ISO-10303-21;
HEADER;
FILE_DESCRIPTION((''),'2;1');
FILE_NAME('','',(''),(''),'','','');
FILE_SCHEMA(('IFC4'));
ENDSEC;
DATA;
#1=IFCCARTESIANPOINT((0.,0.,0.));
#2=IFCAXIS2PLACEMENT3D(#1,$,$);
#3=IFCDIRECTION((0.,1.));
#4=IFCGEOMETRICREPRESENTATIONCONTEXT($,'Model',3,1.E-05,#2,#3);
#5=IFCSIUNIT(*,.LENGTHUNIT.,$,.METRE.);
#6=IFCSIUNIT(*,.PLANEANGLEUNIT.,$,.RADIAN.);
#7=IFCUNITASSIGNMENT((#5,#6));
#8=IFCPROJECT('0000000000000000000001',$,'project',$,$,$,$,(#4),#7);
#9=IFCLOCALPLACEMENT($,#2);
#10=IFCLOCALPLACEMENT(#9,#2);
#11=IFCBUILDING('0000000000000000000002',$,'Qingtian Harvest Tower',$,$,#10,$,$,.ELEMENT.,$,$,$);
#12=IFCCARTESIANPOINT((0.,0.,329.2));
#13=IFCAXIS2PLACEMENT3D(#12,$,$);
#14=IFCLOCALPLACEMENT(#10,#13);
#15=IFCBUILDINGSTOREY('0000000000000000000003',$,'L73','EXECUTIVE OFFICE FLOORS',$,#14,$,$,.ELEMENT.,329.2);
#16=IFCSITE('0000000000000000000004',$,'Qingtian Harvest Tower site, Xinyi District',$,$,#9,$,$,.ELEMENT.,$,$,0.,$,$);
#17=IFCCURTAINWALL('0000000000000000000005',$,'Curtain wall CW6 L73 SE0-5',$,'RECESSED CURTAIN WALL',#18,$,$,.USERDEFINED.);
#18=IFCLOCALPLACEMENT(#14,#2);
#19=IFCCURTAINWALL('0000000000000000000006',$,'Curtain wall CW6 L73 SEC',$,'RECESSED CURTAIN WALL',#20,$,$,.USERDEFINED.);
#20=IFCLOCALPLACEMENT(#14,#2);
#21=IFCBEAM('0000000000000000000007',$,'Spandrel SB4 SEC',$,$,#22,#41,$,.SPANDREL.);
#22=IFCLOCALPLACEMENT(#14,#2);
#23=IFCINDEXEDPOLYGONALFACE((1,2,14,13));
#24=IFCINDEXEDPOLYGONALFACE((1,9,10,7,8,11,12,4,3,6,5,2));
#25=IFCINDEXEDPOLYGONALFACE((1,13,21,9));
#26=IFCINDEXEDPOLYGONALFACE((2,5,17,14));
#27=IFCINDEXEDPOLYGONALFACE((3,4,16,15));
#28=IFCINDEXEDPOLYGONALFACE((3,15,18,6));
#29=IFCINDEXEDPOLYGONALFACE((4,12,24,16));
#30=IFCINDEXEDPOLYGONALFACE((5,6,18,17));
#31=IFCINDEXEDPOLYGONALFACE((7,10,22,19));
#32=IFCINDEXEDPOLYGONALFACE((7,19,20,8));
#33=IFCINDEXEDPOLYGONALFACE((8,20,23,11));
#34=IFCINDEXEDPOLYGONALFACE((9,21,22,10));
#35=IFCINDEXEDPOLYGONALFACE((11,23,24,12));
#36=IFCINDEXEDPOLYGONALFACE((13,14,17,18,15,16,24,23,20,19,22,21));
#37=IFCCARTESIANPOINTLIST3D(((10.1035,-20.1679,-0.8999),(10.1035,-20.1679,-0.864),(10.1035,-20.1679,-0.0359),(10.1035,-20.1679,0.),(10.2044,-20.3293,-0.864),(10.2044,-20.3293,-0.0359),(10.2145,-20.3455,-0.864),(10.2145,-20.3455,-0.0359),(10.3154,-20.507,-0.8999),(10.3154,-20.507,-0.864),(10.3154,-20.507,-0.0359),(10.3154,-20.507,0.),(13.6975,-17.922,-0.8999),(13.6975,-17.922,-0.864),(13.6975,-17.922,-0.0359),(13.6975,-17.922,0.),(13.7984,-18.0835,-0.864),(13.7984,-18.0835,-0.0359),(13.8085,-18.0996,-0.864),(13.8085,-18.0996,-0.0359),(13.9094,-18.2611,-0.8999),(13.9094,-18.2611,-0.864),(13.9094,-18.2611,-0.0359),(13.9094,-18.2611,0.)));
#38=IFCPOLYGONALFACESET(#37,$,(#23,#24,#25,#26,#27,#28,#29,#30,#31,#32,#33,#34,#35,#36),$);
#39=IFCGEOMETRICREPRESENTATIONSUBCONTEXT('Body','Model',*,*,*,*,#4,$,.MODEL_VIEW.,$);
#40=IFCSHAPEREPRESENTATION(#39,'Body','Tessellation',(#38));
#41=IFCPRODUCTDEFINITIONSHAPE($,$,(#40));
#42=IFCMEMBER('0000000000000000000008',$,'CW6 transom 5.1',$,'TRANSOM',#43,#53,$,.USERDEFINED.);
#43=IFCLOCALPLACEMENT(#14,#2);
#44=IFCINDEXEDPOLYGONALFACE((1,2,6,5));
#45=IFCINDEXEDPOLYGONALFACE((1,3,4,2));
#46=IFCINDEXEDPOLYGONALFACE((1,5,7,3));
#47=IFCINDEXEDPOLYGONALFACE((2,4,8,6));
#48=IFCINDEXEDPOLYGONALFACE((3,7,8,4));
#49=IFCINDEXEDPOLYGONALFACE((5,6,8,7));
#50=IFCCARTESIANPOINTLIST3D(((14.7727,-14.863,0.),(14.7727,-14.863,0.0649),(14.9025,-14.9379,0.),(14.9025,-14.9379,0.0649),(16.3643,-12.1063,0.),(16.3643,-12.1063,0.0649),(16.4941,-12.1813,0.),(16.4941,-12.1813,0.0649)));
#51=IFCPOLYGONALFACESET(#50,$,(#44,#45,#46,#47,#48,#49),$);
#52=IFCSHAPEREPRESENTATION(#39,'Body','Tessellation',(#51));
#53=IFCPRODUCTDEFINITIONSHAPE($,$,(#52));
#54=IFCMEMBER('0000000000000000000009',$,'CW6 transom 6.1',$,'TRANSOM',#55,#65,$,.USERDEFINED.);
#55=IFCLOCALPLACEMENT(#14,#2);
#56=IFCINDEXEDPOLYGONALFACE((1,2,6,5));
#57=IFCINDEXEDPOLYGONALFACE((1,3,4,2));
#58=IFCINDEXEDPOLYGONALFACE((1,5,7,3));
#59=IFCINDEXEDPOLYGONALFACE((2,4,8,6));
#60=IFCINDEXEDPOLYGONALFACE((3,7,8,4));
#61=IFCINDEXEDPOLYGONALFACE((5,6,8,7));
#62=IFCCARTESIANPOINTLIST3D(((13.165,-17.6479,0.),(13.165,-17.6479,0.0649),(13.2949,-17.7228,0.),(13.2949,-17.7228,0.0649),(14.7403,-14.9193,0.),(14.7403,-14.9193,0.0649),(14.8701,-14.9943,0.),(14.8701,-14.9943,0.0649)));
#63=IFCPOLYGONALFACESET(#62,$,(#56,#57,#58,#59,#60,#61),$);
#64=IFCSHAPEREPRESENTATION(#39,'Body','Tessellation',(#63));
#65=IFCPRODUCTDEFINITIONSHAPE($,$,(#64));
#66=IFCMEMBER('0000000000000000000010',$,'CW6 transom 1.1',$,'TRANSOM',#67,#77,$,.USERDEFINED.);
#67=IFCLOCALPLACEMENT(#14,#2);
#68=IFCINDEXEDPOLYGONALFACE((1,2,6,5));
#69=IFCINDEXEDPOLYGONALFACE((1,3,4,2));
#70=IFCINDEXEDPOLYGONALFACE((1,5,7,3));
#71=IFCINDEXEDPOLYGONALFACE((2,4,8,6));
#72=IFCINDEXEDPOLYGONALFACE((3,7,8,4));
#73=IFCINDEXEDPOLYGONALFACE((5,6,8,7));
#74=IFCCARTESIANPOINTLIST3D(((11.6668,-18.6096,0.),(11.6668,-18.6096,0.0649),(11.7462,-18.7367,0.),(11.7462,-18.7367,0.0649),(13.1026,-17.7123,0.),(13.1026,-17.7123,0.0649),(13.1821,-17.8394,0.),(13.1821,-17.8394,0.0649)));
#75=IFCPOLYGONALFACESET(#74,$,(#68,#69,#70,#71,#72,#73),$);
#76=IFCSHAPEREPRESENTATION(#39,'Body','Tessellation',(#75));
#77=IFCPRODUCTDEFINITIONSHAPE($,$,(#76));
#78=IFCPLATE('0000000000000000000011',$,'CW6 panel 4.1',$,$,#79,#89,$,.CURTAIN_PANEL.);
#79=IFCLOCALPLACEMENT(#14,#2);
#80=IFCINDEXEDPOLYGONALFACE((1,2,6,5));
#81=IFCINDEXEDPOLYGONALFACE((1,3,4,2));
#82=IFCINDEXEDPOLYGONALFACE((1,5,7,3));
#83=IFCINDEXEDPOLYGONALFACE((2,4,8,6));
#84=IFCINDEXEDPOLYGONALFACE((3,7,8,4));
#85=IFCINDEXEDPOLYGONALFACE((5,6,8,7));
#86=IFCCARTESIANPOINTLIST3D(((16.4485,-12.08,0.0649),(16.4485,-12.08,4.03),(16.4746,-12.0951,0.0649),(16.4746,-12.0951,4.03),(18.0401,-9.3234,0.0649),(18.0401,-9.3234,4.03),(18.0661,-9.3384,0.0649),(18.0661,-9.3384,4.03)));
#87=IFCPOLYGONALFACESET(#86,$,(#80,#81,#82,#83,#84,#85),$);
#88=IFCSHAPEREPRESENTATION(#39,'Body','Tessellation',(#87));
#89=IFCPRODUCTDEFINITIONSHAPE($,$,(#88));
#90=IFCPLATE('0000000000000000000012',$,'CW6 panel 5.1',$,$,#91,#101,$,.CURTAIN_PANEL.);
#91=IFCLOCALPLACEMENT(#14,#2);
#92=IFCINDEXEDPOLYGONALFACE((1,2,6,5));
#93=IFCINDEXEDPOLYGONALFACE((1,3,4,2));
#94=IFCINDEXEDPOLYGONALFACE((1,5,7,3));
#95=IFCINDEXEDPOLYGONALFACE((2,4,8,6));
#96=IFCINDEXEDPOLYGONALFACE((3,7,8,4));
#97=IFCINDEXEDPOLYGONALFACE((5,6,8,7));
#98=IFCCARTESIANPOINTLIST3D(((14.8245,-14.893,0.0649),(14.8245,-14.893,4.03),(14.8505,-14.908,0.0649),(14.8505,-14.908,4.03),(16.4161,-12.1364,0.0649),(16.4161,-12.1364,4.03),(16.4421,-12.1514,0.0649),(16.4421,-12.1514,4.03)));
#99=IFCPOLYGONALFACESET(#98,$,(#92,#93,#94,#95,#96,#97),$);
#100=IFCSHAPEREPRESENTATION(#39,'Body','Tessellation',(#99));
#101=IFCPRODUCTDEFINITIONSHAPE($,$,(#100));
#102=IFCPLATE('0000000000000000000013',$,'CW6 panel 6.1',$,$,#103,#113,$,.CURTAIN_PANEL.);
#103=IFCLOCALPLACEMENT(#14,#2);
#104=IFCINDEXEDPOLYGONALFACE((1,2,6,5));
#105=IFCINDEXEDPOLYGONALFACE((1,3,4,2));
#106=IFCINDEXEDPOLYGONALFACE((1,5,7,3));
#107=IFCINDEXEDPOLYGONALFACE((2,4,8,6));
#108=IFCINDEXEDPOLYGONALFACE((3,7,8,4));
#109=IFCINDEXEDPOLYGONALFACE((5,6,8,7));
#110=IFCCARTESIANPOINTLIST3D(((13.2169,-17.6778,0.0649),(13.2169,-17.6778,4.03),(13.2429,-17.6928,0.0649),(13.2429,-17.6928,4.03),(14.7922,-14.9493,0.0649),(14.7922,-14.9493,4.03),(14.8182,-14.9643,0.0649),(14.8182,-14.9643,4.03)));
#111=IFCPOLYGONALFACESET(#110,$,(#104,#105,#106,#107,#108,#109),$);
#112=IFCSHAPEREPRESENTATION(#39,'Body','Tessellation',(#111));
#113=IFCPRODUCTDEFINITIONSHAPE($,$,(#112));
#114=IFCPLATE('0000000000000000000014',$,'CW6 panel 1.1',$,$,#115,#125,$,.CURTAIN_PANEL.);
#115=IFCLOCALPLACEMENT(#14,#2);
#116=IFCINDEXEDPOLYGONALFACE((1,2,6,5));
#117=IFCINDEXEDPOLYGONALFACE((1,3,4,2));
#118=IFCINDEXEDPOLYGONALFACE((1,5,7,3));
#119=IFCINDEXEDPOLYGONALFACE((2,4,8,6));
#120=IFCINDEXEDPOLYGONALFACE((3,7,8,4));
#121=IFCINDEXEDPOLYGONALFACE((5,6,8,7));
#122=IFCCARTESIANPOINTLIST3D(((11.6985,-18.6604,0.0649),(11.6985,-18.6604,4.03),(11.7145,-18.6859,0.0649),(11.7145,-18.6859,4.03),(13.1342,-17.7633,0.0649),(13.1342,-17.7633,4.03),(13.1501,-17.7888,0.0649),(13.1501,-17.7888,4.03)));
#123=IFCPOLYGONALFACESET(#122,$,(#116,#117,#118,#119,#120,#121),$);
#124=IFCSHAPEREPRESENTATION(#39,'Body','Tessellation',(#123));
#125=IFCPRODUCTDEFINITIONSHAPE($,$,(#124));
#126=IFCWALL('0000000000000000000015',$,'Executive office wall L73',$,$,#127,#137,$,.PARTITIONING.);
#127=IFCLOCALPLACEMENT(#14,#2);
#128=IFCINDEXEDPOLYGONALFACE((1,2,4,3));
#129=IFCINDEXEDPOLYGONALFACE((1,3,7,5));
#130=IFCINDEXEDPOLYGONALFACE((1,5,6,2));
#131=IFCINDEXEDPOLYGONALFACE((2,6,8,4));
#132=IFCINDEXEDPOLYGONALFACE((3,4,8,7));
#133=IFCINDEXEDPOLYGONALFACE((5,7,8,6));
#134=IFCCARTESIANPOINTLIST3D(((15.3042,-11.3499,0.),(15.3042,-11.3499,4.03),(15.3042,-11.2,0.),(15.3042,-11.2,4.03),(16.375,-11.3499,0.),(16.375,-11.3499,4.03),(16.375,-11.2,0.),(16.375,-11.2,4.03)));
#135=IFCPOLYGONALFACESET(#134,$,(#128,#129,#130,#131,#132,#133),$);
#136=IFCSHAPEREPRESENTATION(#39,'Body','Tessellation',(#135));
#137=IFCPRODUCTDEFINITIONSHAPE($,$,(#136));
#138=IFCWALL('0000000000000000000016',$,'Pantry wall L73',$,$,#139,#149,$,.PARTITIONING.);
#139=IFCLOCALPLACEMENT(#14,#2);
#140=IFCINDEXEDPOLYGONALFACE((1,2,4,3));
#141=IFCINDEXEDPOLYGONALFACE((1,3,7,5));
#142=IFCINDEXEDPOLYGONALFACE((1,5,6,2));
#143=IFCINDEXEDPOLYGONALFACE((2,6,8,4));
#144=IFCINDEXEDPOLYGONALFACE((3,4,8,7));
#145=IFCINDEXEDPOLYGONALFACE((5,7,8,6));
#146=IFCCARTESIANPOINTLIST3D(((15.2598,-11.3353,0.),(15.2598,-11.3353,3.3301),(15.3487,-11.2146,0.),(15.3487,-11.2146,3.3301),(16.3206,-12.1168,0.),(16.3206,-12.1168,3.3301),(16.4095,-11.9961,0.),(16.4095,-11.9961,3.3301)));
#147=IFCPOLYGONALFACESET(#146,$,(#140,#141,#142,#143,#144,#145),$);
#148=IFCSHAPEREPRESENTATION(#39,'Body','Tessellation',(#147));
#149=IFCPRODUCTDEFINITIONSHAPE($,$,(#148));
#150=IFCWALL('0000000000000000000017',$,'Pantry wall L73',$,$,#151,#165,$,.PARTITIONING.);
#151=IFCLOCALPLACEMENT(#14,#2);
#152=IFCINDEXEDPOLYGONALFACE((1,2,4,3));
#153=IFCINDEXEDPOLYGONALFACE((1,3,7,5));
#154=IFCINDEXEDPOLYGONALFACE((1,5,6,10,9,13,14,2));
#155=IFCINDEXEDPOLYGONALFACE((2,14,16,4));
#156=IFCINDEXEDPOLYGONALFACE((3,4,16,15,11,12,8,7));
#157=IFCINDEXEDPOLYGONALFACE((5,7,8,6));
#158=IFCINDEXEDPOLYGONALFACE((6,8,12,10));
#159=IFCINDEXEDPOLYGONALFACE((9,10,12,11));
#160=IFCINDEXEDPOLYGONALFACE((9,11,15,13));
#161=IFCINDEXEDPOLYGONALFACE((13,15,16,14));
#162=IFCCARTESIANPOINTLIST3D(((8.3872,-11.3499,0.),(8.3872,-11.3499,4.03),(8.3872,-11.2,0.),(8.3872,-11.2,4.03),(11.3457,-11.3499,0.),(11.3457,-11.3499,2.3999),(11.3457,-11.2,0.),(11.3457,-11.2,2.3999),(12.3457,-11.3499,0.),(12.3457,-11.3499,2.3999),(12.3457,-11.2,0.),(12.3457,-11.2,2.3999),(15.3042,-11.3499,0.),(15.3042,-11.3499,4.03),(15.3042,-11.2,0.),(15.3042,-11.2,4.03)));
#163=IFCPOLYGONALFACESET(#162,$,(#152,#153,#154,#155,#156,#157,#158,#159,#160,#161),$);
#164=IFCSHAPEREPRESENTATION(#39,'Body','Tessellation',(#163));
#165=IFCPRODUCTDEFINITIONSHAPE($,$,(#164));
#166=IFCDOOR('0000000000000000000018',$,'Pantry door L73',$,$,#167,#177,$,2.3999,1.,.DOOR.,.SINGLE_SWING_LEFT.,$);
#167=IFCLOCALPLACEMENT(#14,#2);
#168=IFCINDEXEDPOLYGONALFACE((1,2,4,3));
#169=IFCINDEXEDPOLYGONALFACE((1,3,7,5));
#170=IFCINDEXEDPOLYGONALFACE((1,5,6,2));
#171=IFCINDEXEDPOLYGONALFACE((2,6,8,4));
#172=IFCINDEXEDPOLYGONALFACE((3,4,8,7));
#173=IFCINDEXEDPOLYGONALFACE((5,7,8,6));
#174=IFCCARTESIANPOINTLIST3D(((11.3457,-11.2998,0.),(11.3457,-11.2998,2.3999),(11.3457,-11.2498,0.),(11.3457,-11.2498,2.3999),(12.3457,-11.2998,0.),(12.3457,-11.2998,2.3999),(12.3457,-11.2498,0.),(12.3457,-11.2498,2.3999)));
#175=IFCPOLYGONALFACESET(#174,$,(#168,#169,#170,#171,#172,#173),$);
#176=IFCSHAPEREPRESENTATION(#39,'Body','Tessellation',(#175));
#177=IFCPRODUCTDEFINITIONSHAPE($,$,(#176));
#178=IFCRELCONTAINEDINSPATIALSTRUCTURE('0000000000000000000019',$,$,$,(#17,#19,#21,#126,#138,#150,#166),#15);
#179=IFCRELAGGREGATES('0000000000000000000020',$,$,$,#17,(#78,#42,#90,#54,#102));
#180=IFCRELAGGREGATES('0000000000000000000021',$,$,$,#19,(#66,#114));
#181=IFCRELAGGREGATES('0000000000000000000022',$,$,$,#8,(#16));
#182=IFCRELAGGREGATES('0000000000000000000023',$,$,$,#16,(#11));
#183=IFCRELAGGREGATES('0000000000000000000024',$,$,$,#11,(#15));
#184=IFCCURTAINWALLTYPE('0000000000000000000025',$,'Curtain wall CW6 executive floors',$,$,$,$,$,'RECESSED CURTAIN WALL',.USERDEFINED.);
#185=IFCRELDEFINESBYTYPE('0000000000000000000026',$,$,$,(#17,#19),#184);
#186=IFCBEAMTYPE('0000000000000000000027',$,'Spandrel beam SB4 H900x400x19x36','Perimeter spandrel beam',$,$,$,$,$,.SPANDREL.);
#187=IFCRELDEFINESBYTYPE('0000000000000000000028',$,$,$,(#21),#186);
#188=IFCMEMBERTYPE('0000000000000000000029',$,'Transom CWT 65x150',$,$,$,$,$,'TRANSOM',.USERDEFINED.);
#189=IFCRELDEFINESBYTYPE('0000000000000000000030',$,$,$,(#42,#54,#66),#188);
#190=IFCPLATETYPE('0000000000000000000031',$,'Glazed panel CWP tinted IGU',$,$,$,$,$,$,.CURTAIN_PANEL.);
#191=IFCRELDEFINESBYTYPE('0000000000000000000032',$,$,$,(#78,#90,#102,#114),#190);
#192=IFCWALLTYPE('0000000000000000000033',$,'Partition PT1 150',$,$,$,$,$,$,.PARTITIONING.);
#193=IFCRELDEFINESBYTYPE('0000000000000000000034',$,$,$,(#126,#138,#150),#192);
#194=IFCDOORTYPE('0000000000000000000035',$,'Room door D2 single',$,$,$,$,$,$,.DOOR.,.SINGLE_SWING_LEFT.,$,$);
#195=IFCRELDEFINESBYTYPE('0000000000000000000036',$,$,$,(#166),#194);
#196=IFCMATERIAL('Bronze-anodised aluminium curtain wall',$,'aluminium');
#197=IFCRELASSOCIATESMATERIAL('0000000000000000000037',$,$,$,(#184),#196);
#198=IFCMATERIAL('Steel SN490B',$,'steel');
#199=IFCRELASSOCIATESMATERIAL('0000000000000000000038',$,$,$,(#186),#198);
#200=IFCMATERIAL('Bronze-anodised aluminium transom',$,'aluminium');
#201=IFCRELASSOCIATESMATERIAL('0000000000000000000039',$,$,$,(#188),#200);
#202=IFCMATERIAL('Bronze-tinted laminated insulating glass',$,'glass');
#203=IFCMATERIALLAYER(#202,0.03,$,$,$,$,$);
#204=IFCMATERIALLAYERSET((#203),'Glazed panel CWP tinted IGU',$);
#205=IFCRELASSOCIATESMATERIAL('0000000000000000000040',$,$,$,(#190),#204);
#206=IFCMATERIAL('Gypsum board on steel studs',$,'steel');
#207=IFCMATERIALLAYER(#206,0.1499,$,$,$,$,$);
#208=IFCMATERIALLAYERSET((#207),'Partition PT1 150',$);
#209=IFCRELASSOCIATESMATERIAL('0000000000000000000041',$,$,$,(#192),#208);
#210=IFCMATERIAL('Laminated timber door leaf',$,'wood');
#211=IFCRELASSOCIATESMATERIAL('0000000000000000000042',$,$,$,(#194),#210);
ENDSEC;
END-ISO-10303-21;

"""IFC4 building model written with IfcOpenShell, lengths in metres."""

from ifc_helpers import new_model, si_unit, direction, frame, frame_2d, origin, origin_2d, place, context, subcontext, project, spatial, rectangle, i_section, extrude, material, layer, layer_set, material_profile, profile_set, type_object, element, fill, aggregate, save


model = new_model("IFC4")

# Units and contexts
model_context = context("Model", 3, precision=1e-05, world=origin(), true_north=direction((0.0, 1.0)))
body_context = subcontext(model_context, "Body", "Model", "MODEL_VIEW")
ifc_project = project(units=[si_unit("LENGTHUNIT", "METRE"), si_unit("PLANEANGLEUNIT", "RADIAN")], contexts=[model_context])

# Site, building, storey
site_placement = place(None, origin())
site = spatial("IfcSite", under=ifc_project, at=site_placement, Name="Qingtian Harvest Tower site, Xinyi District", CompositionType="ELEMENT", RefElevation=0.0)
building_placement = place(site_placement, origin())
building = spatial("IfcBuilding", under=site, at=building_placement, Name="Qingtian Harvest Tower", CompositionType="ELEMENT")
storey_placement = place(building_placement, frame((0.0, 0.0, 329.2)))
storey = spatial("IfcBuildingStorey", under=building, at=storey_placement, Name="L73", Description="EXECUTIVE OFFICE FLOORS", CompositionType="ELEMENT", Elevation=329.2)

# Curtain walls
ifc_material_1 = material(Name="Bronze-anodised aluminium curtain wall", Category="aluminium")
curtain_wall_type = type_object("IfcCurtainWallType", Name="Curtain wall CW6 executive floors", ElementType="RECESSED CURTAIN WALL", PredefinedType="USERDEFINED", material=ifc_material_1)
curtain_wall_1_placement = place(storey_placement, origin())
curtain_wall_1 = element("IfcCurtainWall", 1, at=curtain_wall_1_placement, inside=storey, type_object=curtain_wall_type, Name="Curtain wall CW6 L73 SE0-5", ObjectType="RECESSED CURTAIN WALL", PredefinedType="USERDEFINED")
curtain_wall_2_placement = place(storey_placement, origin())
curtain_wall_2 = element("IfcCurtainWall", 2, at=curtain_wall_2_placement, inside=storey, type_object=curtain_wall_type, Name="Curtain wall CW6 L73 SEC", ObjectType="RECESSED CURTAIN WALL", PredefinedType="USERDEFINED")

# Beam
ifc_material_2 = material(Name="Steel SN490B", Category="steel")
ifc_material_profile_1 = material_profile(ifc_material_2, i_section(OverallWidth=0.3999, OverallDepth=0.8999, WebThickness=0.019, FlangeThickness=0.0359, at=origin_2d()), Name="H900x400x19x36")
ifc_profile_set_1 = profile_set([ifc_material_profile_1], Name="Steel SN490B")
beam_type_1 = type_object("IfcBeamType", Name="Spandrel beam SB4 H900x400x19x36", Description="Perimeter spandrel beam", PredefinedType="SPANDREL", material=ifc_profile_set_1)
beam_1_placement = place(storey_placement, frame((13.8035, -18.0916, -0.45), z_axis=(-0.84804, -0.529932, 0.0), x_axis=(0.529932, -0.84804, 0.0)))
element("IfcBeam", 3, at=beam_1_placement, inside=storey, type_object=beam_type_1, Name="Spandrel SB4 SEC", PredefinedType="SPANDREL", context=body_context, shape_type="SweptSolid", body=[
    extrude(i_section(OverallWidth=0.3999, OverallDepth=0.8999, WebThickness=0.019, FlangeThickness=0.0359, at=origin_2d()), origin(), (0.0, 0.0, 1.0), 4.238),
])

# Members
ifc_material_3 = material(Name="Bronze-anodised aluminium transom", Category="aluminium")
ifc_material_profile_2 = material_profile(ifc_material_3, rectangle(XDim=0.1499, YDim=0.0649, at=origin_2d()), Name="AL 65x150")
ifc_profile_set_2 = profile_set([ifc_material_profile_2], Name="Bronze-anodised aluminium transom")
member_type_1 = type_object("IfcMemberType", Name="Transom CWT 65x150", ElementType="TRANSOM", PredefinedType="USERDEFINED", material=ifc_profile_set_2)
member_1_placement = place(storey_placement, frame((16.4292, -12.1438, 0.0325), z_axis=(-0.500008, -0.866021, 0.0), x_axis=(0.866021, -0.500008, 0.0)))
member_1 = element("IfcMember", 4, at=member_1_placement, type_object=member_type_1, Name="CW6 transom 5.1", ObjectType="TRANSOM", PredefinedType="USERDEFINED", context=body_context, shape_type="SweptSolid", body=[
    extrude(rectangle(XDim=0.1499, YDim=0.0649, at=origin_2d()), origin(), (0.0, 0.0, 1.0), 3.1831),
])
member_2_placement = place(storey_placement, frame((14.8052, -14.9568, 0.0325), z_axis=(-0.499973, -0.866041, 0.0), x_axis=(0.866041, -0.499973, 0.0)))
member_2 = element("IfcMember", 5, at=member_2_placement, type_object=member_type_1, Name="CW6 transom 6.1", ObjectType="TRANSOM", PredefinedType="USERDEFINED", context=body_context, shape_type="SweptSolid", body=[
    extrude(rectangle(XDim=0.1499, YDim=0.0649, at=origin_2d()), origin(), (0.0, 0.0, 1.0), 3.1506),
])
member_3_placement = place(storey_placement, frame((13.1423, -17.7759, 0.0325), z_axis=(-0.848039, -0.529934, 0.0), x_axis=(0.529934, -0.848039, 0.0)))
member_3 = element("IfcMember", 6, at=member_3_placement, type_object=member_type_1, Name="CW6 transom 1.1", ObjectType="TRANSOM", PredefinedType="USERDEFINED", context=body_context, shape_type="SweptSolid", body=[
    extrude(rectangle(XDim=0.1499, YDim=0.0649, at=origin_2d()), origin(), (0.0, 0.0, 1.0), 1.6931),
])

# Plates
ifc_material_4 = material(Name="Bronze-tinted laminated insulating glass", Category="glass")
ifc_layer_1 = layer(ifc_material_4, 0.03)
ifc_layer_set_1 = layer_set([ifc_layer_1], Name="Glazed panel CWP tinted IGU")
plate_type = type_object("IfcPlateType", Name="Glazed panel CWP tinted IGU", PredefinedType="CURTAIN_PANEL", material=ifc_layer_set_1)
plate_1_placement = place(storey_placement, frame((17.2573, -10.7092, 0.0649), z_axis=(0.0, 0.0, 1.0), x_axis=(-0.5, -0.866025, 0.0)))
plate_1 = element("IfcPlate", 7, at=plate_1_placement, type_object=plate_type, Name="CW6 panel 4.1", PredefinedType="CURTAIN_PANEL", context=body_context, shape_type="SweptSolid", body=[
    extrude(rectangle(XDim=3.1831, YDim=0.03, at=origin_2d()), origin(), (0.0, 0.0, 1.0), 3.9651),
])
plate_2_placement = place(storey_placement, frame((15.6333, -13.5222, 0.0649), z_axis=(0.0, 0.0, 1.0), x_axis=(-0.5, -0.866025, 0.0)))
plate_2 = element("IfcPlate", 8, at=plate_2_placement, type_object=plate_type, Name="CW6 panel 5.1", PredefinedType="CURTAIN_PANEL", context=body_context, shape_type="SweptSolid", body=[
    extrude(rectangle(XDim=3.1831, YDim=0.03, at=origin_2d()), origin(), (0.0, 0.0, 1.0), 3.9651),
])
plate_3_placement = place(storey_placement, frame((14.0176, -16.321, 0.0649), z_axis=(0.0, 0.0, 1.0), x_axis=(-0.5, -0.866025, 0.0)))
plate_3 = element("IfcPlate", 9, at=plate_3_placement, type_object=plate_type, Name="CW6 panel 6.1", PredefinedType="CURTAIN_PANEL", context=body_context, shape_type="SweptSolid", body=[
    extrude(rectangle(XDim=3.1506, YDim=0.03, at=origin_2d()), origin(), (0.0, 0.0, 1.0), 3.9651),
])
aggregate(curtain_wall_1, [plate_1, member_1, plate_2, member_2, plate_3])
plate_4_placement = place(storey_placement, frame((12.4243, -18.2246, 0.0649), z_axis=(0.0, 0.0, 1.0), x_axis=(-0.848048, -0.529919, 0.0)))
plate_4 = element("IfcPlate", 10, at=plate_4_placement, type_object=plate_type, Name="CW6 panel 1.1", PredefinedType="CURTAIN_PANEL", context=body_context, shape_type="SweptSolid", body=[
    extrude(rectangle(XDim=1.6929, YDim=0.03, at=origin_2d()), origin(), (0.0, 0.0, 1.0), 3.9651),
])
aggregate(curtain_wall_2, [member_3, plate_4])

# Walls
ifc_material_5 = material(Name="Gypsum board on steel studs", Category="steel")
ifc_layer_2 = layer(ifc_material_5, 0.1499)
ifc_layer_set_2 = layer_set([ifc_layer_2], Name="Partition PT1 150")
wall_type = type_object("IfcWallType", Name="Partition PT1 150", PredefinedType="PARTITIONING", material=ifc_layer_set_2)
wall_1_placement = place(storey_placement, frame((16.375, -11.2749, 0.0), z_axis=(0.0, 0.0, 1.0), x_axis=(-1.0, 0.0, 0.0)))
element("IfcWall", 11, at=wall_1_placement, inside=storey, type_object=wall_type, Name="Executive office wall L73", PredefinedType="PARTITIONING", context=body_context, shape_type="SweptSolid", body=[
    extrude(rectangle(XDim=1.0708, YDim=0.1499, at=frame_2d((0.5354, 0.0))), origin(), (0.0, 0.0, 1.0), 4.03),
])
wall_2_placement = place(storey_placement, frame((16.365, -12.0564, 0.0), z_axis=(0.0, 0.0, 1.0), x_axis=(-0.805107, 0.59313, 0.0)))
element("IfcWall", 12, at=wall_2_placement, inside=storey, type_object=wall_type, Name="Pantry wall L73", PredefinedType="PARTITIONING", context=body_context, shape_type="SweptSolid", body=[
    extrude(rectangle(XDim=1.3176, YDim=0.1499, at=frame_2d((0.6587, 0.0))), origin(), (0.0, 0.0, 1.0), 3.3301),
])

# Wall, opening, door
wall_3_placement = place(storey_placement, frame((15.3042, -11.2749, 0.0), z_axis=(0.0, 0.0, 1.0), x_axis=(-1.0, 0.0, 0.0)))
wall_3 = element("IfcWall", 13, at=wall_3_placement, inside=storey, type_object=wall_type, Name="Pantry wall L73", PredefinedType="PARTITIONING", context=body_context, shape_type="SweptSolid", body=[
    extrude(rectangle(XDim=6.917, YDim=0.1499, at=frame_2d((3.4585, 0.0))), origin(), (0.0, 0.0, 1.0), 4.03),
])
opening_placement = place(wall_3_placement, frame((2.9585, 0.0, 0.0)))
opening = element("IfcOpeningElement", 14, at=opening_placement, cuts=wall_3, PredefinedType="OPENING", context=body_context, shape_type="SweptSolid", body=[
    extrude(rectangle(XDim=1.0, YDim=2.3999, at=frame_2d((0.5, 1.2))), frame((0.0, 0.085, 0.0), z_axis=(0.0, -1.0, 0.0), x_axis=(1.0, 0.0, 0.0)), (0.0, 0.0, 1.0), 0.1699),
])
ifc_material_6 = material(Name="Laminated timber door leaf", Category="wood")
door_type = type_object("IfcDoorType", Name="Room door D2 single", OperationType="SINGLE_SWING_LEFT", PredefinedType="DOOR", material=ifc_material_6)
door_placement = place(opening_placement, origin())
door = element("IfcDoor", 15, at=door_placement, inside=storey, type_object=door_type, Name="Pantry door L73", OperationType="SINGLE_SWING_LEFT", OverallHeight=2.3999, OverallWidth=1.0, PredefinedType="DOOR", context=body_context, shape_type="SweptSolid", body=[
    extrude(rectangle(XDim=1.0, YDim=2.3999, at=frame_2d((0.5, 1.2))), frame((0.0, 0.0249, 0.0), z_axis=(0.0, -1.0, 0.0), x_axis=(1.0, 0.0, 0.0)), (0.0, 0.0, 1.0), 0.05),
])
fill(opening, door)

save(model, "model.ifc")
